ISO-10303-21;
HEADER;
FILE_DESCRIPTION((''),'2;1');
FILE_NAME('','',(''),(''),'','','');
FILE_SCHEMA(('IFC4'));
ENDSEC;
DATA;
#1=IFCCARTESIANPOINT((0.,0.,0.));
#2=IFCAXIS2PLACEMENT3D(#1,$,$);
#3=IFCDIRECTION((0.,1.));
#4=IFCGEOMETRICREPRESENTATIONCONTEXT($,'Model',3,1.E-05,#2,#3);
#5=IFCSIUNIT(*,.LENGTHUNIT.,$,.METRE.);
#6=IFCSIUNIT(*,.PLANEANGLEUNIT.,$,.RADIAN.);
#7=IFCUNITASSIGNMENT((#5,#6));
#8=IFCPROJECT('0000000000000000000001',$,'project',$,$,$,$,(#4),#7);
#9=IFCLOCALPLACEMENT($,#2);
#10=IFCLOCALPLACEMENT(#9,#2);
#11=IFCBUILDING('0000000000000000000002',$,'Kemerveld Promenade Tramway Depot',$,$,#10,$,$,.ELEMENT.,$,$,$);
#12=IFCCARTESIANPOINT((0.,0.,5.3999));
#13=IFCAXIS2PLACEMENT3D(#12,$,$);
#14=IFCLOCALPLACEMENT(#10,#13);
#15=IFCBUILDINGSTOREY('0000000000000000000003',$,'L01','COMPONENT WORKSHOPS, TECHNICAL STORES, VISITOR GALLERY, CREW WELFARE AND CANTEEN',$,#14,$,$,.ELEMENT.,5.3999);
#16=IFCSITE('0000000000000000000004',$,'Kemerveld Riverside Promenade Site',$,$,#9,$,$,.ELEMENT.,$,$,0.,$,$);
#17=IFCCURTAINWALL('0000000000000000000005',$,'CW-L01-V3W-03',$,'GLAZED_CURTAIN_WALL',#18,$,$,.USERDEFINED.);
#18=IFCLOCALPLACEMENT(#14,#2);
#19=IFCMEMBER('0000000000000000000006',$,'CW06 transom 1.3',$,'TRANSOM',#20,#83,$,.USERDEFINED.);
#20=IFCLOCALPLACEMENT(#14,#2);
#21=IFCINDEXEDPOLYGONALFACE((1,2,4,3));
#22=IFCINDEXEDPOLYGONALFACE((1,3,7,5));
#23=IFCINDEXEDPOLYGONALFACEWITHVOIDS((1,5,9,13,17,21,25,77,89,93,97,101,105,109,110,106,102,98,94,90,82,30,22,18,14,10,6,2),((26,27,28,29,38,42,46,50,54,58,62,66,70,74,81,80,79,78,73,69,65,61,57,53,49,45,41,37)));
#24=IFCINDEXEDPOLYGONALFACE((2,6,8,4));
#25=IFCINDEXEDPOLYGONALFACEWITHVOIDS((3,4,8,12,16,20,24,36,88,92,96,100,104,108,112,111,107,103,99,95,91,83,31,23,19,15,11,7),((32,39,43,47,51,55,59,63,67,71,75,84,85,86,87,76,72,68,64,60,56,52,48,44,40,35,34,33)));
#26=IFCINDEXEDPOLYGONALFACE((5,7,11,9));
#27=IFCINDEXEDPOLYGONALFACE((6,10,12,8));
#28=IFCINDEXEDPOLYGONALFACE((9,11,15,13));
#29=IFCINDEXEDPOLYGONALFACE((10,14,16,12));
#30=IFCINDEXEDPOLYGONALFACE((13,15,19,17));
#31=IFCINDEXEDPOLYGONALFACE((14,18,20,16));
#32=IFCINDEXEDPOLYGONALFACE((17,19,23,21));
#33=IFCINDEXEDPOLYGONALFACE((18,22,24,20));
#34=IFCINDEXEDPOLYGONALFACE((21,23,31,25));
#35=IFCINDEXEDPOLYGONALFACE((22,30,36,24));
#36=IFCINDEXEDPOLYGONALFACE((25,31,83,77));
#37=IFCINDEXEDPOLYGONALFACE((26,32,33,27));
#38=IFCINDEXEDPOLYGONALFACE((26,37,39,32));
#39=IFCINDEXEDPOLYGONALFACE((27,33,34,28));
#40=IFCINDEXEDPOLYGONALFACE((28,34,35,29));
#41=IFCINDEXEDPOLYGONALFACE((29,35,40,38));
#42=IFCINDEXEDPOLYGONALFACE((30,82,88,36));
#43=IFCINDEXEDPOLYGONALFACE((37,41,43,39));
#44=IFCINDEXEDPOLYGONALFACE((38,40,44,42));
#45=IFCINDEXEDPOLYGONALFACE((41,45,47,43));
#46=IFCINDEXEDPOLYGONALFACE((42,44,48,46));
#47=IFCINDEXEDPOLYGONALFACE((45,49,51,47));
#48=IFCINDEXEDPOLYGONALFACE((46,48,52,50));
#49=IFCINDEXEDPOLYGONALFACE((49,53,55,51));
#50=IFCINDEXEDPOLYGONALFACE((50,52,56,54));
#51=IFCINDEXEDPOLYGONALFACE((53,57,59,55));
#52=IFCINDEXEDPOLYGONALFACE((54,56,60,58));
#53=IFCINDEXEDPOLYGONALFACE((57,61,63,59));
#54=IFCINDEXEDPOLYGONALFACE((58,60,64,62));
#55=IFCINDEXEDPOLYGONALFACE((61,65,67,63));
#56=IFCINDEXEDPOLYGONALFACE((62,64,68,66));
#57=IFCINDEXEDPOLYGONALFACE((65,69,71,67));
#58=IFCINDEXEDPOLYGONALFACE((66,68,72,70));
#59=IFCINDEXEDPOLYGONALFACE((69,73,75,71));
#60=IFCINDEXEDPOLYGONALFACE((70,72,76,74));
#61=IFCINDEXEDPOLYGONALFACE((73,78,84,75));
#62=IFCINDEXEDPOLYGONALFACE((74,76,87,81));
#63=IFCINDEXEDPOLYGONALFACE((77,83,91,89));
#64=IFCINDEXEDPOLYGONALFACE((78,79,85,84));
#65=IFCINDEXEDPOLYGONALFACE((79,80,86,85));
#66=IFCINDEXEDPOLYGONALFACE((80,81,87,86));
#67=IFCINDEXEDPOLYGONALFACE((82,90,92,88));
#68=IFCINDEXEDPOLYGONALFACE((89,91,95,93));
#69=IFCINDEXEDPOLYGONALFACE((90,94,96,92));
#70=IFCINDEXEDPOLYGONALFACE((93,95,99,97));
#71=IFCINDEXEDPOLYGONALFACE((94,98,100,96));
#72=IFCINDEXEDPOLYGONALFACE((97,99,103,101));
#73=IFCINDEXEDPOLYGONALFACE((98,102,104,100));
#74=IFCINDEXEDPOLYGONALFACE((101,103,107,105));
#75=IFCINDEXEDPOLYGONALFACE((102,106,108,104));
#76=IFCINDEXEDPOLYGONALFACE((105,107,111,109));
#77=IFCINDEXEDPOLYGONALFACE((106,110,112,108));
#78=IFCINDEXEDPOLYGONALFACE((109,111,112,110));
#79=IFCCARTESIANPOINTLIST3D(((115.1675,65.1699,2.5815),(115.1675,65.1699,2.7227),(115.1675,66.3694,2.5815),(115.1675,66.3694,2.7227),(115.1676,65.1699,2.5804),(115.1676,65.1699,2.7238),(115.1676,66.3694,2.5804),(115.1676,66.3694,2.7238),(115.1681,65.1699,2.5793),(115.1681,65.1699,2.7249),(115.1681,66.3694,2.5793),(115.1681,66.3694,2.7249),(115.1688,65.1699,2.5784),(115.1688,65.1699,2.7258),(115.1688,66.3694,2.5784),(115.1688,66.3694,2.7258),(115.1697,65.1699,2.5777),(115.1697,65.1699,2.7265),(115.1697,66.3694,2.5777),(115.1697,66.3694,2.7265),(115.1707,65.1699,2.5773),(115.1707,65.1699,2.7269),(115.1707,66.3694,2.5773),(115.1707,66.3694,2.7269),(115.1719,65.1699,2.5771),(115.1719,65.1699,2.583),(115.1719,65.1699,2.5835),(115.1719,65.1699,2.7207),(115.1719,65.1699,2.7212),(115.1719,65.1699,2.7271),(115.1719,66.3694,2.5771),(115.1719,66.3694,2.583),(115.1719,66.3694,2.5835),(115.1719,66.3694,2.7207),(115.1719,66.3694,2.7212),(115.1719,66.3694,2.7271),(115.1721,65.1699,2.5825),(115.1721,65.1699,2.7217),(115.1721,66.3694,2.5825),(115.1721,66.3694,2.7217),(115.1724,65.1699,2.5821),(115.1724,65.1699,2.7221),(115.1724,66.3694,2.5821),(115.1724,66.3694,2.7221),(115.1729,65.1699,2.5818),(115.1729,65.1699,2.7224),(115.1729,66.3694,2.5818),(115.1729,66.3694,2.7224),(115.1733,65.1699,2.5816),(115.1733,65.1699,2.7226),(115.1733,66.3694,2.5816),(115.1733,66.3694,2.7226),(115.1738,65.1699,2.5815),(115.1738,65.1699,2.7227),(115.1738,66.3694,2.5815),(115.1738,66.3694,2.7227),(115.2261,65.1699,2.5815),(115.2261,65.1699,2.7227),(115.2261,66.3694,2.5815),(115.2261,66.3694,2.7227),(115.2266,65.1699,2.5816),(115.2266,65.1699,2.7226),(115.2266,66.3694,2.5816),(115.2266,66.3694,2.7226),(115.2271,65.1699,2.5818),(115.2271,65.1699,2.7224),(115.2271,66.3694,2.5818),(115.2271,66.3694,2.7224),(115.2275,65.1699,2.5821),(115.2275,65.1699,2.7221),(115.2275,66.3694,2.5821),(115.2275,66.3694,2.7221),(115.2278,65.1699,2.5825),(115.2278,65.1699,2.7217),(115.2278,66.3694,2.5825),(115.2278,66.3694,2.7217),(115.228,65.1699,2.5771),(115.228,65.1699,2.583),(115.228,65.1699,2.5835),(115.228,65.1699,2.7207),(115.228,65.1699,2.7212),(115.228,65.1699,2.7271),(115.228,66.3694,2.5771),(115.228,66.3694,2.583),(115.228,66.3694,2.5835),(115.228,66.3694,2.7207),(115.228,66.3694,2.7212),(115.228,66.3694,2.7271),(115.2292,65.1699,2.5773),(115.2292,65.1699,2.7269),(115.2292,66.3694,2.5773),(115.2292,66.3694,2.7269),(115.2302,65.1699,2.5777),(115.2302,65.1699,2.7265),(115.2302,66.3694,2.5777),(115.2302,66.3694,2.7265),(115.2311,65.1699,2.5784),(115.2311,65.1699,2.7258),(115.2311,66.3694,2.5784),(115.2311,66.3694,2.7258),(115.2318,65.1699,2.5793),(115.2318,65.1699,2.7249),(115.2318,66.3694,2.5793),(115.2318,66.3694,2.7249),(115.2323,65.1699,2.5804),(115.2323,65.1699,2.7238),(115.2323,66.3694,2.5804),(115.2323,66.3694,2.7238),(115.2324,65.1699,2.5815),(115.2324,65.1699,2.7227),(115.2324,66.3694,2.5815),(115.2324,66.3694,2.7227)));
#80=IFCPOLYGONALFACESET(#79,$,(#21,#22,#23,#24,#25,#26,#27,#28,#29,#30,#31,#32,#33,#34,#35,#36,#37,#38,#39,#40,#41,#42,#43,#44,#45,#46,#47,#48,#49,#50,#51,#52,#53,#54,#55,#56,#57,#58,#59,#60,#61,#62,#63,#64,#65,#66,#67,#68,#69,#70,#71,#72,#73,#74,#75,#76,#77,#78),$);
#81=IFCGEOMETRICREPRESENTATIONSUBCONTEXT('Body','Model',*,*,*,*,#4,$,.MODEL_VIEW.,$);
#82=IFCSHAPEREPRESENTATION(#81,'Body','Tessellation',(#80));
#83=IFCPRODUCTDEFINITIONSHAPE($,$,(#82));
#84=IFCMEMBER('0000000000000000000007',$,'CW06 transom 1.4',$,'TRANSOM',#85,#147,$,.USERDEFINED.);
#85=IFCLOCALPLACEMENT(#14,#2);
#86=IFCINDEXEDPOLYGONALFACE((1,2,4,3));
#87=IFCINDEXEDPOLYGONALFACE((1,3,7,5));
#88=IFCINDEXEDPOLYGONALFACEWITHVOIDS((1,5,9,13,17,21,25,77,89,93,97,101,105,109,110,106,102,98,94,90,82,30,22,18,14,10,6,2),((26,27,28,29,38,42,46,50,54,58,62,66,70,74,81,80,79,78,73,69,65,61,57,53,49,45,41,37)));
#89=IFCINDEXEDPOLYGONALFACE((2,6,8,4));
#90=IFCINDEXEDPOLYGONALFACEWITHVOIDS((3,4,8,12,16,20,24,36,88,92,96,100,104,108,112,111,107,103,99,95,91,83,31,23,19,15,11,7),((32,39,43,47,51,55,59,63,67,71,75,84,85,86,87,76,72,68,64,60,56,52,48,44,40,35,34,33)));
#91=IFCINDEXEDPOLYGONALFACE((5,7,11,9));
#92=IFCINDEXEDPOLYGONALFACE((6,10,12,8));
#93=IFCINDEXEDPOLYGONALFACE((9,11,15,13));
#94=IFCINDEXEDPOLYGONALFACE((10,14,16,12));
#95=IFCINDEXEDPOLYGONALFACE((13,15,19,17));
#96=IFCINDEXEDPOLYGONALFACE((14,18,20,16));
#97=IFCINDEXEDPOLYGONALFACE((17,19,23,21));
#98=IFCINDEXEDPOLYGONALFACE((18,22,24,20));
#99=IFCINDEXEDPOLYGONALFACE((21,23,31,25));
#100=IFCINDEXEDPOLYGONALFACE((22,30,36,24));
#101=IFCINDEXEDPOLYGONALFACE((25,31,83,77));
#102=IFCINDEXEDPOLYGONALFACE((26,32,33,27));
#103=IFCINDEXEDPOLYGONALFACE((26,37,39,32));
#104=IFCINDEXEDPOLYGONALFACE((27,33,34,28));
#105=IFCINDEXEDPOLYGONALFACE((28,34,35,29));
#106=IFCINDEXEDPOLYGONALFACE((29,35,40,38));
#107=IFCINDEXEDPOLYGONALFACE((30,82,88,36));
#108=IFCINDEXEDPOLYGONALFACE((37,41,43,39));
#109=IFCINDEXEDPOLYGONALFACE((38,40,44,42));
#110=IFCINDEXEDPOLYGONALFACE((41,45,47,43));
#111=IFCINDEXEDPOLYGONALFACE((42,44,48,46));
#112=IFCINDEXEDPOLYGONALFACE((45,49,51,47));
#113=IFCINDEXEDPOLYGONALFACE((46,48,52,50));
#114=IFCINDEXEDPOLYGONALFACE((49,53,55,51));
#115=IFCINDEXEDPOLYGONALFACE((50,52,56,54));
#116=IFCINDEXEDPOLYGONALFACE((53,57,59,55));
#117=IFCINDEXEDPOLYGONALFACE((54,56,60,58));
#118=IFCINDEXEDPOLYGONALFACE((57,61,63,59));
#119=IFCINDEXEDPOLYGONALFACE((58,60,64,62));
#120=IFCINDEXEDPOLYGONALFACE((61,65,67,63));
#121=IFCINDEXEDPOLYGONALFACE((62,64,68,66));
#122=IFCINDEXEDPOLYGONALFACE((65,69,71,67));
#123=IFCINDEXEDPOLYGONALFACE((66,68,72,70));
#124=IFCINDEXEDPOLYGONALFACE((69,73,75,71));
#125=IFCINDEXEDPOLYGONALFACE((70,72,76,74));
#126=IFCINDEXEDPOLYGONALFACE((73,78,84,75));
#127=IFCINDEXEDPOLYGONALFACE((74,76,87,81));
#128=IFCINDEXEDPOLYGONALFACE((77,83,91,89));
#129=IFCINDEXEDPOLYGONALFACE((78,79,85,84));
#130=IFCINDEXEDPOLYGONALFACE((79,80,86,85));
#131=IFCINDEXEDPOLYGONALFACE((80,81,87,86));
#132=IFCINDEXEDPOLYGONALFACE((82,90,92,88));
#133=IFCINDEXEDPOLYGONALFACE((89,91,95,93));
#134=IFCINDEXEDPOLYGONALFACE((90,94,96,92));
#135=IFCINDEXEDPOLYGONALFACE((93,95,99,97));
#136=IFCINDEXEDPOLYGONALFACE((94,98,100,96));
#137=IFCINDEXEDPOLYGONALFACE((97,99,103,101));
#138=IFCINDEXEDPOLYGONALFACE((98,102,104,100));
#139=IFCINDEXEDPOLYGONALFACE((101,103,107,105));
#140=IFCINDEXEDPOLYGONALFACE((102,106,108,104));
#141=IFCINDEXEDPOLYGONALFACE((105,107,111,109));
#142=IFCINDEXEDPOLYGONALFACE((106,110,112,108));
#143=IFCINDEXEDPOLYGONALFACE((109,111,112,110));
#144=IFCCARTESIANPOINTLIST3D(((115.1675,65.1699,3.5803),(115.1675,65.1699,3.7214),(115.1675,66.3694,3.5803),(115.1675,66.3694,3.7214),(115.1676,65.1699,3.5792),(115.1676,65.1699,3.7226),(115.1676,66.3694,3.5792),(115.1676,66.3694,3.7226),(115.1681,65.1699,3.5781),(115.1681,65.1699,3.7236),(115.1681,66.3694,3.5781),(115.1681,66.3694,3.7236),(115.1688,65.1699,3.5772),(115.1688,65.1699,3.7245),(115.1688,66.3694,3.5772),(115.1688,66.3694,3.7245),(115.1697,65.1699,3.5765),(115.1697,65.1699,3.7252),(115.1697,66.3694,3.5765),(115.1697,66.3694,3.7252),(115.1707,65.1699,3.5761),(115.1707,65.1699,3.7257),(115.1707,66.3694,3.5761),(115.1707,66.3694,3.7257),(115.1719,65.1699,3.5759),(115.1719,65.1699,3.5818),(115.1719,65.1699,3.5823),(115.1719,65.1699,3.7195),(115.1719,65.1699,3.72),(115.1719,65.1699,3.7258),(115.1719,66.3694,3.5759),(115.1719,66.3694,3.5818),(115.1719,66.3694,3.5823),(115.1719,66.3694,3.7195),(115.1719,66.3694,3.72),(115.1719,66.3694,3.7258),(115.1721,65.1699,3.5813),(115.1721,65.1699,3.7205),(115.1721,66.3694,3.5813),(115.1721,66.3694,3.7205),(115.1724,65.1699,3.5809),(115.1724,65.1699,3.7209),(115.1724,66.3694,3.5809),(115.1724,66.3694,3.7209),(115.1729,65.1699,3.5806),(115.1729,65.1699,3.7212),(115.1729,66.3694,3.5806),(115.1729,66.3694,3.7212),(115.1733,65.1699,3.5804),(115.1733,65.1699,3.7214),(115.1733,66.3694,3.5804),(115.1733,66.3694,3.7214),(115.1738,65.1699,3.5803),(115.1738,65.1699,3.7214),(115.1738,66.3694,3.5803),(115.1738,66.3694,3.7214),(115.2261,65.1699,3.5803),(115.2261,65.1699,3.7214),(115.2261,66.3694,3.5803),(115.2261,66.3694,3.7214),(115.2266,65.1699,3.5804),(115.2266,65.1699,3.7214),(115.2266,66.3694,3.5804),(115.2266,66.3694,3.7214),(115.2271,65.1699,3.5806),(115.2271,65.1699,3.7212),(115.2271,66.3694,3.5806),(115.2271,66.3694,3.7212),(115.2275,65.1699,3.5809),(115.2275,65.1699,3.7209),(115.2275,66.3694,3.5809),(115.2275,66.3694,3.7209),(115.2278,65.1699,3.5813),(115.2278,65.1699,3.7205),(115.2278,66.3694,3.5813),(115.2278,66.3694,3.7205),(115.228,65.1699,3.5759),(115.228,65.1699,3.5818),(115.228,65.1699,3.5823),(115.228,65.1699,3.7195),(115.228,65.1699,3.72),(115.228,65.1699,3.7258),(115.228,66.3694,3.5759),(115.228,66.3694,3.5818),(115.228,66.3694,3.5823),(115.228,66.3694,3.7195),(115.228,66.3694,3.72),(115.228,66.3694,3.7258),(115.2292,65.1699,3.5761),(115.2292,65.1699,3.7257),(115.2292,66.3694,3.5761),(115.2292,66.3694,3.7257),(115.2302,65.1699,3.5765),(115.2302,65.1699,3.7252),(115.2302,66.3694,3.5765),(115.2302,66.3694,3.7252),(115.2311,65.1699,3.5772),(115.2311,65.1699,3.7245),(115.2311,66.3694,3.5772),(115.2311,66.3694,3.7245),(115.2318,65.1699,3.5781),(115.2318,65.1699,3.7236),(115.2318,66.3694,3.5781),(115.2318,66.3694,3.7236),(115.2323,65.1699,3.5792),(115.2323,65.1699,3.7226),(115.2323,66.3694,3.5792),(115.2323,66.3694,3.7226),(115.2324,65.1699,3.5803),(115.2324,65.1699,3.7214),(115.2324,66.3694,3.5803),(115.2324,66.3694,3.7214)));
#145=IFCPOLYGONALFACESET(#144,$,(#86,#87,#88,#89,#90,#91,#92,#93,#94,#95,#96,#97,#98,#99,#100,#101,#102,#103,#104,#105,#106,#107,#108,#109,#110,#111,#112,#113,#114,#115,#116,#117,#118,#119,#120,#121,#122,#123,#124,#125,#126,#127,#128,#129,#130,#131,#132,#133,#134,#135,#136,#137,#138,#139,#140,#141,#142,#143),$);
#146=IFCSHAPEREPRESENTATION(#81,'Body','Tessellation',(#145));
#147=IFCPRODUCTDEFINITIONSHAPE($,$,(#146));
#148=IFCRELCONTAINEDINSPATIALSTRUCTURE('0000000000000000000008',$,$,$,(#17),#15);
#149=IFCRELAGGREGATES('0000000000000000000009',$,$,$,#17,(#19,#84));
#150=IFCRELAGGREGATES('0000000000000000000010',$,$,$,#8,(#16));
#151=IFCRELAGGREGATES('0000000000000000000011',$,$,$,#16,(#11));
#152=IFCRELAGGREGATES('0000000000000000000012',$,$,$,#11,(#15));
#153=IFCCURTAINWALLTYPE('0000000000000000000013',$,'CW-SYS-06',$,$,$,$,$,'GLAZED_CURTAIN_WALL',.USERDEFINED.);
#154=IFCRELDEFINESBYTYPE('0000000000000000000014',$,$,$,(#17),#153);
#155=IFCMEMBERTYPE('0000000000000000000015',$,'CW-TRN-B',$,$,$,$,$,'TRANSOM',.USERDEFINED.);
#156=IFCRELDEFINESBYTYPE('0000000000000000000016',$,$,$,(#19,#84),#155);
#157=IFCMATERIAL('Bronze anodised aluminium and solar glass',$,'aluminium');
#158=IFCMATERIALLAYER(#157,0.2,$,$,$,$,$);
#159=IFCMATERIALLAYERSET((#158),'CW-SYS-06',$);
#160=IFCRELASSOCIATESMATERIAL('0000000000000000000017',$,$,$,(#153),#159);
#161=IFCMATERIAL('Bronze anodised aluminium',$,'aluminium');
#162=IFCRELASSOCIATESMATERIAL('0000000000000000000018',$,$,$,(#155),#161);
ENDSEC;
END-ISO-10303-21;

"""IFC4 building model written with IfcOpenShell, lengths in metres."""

from ifc_helpers import new_model, si_unit, direction, frame, origin, origin_2d, place, context, subcontext, project, spatial, hollow_rectangle, extrude, material, layer, layer_set, material_profile, profile_set, type_object, element, aggregate, save


model = new_model("IFC4")

# Units and contexts
model_context = context("Model", 3, precision=1e-05, world=origin(), true_north=direction((0.0, 1.0)))
body_context = subcontext(model_context, "Body", "Model", "MODEL_VIEW")
ifc_project = project(units=[si_unit("LENGTHUNIT", "METRE"), si_unit("PLANEANGLEUNIT", "RADIAN")], contexts=[model_context])

# Site, building, storey
site_placement = place(None, origin())
site = spatial("IfcSite", under=ifc_project, at=site_placement, Name="Kemerveld Riverside Promenade Site", CompositionType="ELEMENT", RefElevation=0.0)
building_placement = place(site_placement, origin())
building = spatial("IfcBuilding", under=site, at=building_placement, Name="Kemerveld Promenade Tramway Depot", CompositionType="ELEMENT")
storey_placement = place(building_placement, frame((0.0, 0.0, 5.3999)))
storey = spatial("IfcBuildingStorey", under=building, at=storey_placement, Name="L01", Description="COMPONENT WORKSHOPS, TECHNICAL STORES, VISITOR GALLERY, CREW WELFARE AND CANTEEN", CompositionType="ELEMENT", Elevation=5.3999)

# Curtain wall, members
ifc_material_1 = material(Name="Bronze anodised aluminium and solar glass", Category="aluminium")
ifc_layer_1 = layer(ifc_material_1, 0.2)
ifc_layer_set_1 = layer_set([ifc_layer_1], Name="CW-SYS-06")
curtain_wall_type = type_object("IfcCurtainWallType", Name="CW-SYS-06", ElementType="GLAZED_CURTAIN_WALL", PredefinedType="USERDEFINED", material=ifc_layer_set_1)
curtain_wall_placement = place(storey_placement, origin())
curtain_wall = element("IfcCurtainWall", 1, at=curtain_wall_placement, inside=storey, type_object=curtain_wall_type, Name="CW-L01-V3W-03", ObjectType="GLAZED_CURTAIN_WALL", PredefinedType="USERDEFINED")
ifc_material_2 = material(Name="Bronze anodised aluminium", Category="aluminium")
ifc_material_profile_1 = material_profile(ifc_material_2, hollow_rectangle(XDim=0.0649, YDim=0.1499, WallThickness=0.0044, InnerFilletRadius=0.002, OuterFilletRadius=0.0044, at=origin_2d()), Name="CW-TRN-150x65")
ifc_profile_set_1 = profile_set([ifc_material_profile_1], Name="Bronze anodised aluminium")
member_type_1 = type_object("IfcMemberType", Name="CW-TRN-B", ElementType="TRANSOM", PredefinedType="USERDEFINED", material=ifc_profile_set_1)
member_1_placement = place(storey_placement, frame((115.2, 65.1699, 2.6521), z_axis=(0.0, 1.0, 0.0), x_axis=(-1.0, 0.0, 0.0)))
member_1 = element("IfcMember", 2, at=member_1_placement, type_object=member_type_1, Name="CW06 transom 1.3", ObjectType="TRANSOM", PredefinedType="USERDEFINED", context=body_context, shape_type="SweptSolid", body=[
    extrude(hollow_rectangle(XDim=0.0649, YDim=0.1499, WallThickness=0.0044, InnerFilletRadius=0.002, OuterFilletRadius=0.0044, at=origin_2d()), origin(), (0.0, 0.0, 1.0), 1.1995),
])
member_2_placement = place(storey_placement, frame((115.2, 65.1699, 3.6509), z_axis=(0.0, 1.0, 0.0), x_axis=(-1.0, 0.0, 0.0)))
member_2 = element("IfcMember", 3, at=member_2_placement, type_object=member_type_1, Name="CW06 transom 1.4", ObjectType="TRANSOM", PredefinedType="USERDEFINED", context=body_context, shape_type="SweptSolid", body=[
    extrude(hollow_rectangle(XDim=0.0649, YDim=0.1499, WallThickness=0.0044, InnerFilletRadius=0.002, OuterFilletRadius=0.0044, at=origin_2d()), origin(), (0.0, 0.0, 1.0), 1.1995),
])
aggregate(curtain_wall, [member_1, member_2])

save(model, "model.ifc")
